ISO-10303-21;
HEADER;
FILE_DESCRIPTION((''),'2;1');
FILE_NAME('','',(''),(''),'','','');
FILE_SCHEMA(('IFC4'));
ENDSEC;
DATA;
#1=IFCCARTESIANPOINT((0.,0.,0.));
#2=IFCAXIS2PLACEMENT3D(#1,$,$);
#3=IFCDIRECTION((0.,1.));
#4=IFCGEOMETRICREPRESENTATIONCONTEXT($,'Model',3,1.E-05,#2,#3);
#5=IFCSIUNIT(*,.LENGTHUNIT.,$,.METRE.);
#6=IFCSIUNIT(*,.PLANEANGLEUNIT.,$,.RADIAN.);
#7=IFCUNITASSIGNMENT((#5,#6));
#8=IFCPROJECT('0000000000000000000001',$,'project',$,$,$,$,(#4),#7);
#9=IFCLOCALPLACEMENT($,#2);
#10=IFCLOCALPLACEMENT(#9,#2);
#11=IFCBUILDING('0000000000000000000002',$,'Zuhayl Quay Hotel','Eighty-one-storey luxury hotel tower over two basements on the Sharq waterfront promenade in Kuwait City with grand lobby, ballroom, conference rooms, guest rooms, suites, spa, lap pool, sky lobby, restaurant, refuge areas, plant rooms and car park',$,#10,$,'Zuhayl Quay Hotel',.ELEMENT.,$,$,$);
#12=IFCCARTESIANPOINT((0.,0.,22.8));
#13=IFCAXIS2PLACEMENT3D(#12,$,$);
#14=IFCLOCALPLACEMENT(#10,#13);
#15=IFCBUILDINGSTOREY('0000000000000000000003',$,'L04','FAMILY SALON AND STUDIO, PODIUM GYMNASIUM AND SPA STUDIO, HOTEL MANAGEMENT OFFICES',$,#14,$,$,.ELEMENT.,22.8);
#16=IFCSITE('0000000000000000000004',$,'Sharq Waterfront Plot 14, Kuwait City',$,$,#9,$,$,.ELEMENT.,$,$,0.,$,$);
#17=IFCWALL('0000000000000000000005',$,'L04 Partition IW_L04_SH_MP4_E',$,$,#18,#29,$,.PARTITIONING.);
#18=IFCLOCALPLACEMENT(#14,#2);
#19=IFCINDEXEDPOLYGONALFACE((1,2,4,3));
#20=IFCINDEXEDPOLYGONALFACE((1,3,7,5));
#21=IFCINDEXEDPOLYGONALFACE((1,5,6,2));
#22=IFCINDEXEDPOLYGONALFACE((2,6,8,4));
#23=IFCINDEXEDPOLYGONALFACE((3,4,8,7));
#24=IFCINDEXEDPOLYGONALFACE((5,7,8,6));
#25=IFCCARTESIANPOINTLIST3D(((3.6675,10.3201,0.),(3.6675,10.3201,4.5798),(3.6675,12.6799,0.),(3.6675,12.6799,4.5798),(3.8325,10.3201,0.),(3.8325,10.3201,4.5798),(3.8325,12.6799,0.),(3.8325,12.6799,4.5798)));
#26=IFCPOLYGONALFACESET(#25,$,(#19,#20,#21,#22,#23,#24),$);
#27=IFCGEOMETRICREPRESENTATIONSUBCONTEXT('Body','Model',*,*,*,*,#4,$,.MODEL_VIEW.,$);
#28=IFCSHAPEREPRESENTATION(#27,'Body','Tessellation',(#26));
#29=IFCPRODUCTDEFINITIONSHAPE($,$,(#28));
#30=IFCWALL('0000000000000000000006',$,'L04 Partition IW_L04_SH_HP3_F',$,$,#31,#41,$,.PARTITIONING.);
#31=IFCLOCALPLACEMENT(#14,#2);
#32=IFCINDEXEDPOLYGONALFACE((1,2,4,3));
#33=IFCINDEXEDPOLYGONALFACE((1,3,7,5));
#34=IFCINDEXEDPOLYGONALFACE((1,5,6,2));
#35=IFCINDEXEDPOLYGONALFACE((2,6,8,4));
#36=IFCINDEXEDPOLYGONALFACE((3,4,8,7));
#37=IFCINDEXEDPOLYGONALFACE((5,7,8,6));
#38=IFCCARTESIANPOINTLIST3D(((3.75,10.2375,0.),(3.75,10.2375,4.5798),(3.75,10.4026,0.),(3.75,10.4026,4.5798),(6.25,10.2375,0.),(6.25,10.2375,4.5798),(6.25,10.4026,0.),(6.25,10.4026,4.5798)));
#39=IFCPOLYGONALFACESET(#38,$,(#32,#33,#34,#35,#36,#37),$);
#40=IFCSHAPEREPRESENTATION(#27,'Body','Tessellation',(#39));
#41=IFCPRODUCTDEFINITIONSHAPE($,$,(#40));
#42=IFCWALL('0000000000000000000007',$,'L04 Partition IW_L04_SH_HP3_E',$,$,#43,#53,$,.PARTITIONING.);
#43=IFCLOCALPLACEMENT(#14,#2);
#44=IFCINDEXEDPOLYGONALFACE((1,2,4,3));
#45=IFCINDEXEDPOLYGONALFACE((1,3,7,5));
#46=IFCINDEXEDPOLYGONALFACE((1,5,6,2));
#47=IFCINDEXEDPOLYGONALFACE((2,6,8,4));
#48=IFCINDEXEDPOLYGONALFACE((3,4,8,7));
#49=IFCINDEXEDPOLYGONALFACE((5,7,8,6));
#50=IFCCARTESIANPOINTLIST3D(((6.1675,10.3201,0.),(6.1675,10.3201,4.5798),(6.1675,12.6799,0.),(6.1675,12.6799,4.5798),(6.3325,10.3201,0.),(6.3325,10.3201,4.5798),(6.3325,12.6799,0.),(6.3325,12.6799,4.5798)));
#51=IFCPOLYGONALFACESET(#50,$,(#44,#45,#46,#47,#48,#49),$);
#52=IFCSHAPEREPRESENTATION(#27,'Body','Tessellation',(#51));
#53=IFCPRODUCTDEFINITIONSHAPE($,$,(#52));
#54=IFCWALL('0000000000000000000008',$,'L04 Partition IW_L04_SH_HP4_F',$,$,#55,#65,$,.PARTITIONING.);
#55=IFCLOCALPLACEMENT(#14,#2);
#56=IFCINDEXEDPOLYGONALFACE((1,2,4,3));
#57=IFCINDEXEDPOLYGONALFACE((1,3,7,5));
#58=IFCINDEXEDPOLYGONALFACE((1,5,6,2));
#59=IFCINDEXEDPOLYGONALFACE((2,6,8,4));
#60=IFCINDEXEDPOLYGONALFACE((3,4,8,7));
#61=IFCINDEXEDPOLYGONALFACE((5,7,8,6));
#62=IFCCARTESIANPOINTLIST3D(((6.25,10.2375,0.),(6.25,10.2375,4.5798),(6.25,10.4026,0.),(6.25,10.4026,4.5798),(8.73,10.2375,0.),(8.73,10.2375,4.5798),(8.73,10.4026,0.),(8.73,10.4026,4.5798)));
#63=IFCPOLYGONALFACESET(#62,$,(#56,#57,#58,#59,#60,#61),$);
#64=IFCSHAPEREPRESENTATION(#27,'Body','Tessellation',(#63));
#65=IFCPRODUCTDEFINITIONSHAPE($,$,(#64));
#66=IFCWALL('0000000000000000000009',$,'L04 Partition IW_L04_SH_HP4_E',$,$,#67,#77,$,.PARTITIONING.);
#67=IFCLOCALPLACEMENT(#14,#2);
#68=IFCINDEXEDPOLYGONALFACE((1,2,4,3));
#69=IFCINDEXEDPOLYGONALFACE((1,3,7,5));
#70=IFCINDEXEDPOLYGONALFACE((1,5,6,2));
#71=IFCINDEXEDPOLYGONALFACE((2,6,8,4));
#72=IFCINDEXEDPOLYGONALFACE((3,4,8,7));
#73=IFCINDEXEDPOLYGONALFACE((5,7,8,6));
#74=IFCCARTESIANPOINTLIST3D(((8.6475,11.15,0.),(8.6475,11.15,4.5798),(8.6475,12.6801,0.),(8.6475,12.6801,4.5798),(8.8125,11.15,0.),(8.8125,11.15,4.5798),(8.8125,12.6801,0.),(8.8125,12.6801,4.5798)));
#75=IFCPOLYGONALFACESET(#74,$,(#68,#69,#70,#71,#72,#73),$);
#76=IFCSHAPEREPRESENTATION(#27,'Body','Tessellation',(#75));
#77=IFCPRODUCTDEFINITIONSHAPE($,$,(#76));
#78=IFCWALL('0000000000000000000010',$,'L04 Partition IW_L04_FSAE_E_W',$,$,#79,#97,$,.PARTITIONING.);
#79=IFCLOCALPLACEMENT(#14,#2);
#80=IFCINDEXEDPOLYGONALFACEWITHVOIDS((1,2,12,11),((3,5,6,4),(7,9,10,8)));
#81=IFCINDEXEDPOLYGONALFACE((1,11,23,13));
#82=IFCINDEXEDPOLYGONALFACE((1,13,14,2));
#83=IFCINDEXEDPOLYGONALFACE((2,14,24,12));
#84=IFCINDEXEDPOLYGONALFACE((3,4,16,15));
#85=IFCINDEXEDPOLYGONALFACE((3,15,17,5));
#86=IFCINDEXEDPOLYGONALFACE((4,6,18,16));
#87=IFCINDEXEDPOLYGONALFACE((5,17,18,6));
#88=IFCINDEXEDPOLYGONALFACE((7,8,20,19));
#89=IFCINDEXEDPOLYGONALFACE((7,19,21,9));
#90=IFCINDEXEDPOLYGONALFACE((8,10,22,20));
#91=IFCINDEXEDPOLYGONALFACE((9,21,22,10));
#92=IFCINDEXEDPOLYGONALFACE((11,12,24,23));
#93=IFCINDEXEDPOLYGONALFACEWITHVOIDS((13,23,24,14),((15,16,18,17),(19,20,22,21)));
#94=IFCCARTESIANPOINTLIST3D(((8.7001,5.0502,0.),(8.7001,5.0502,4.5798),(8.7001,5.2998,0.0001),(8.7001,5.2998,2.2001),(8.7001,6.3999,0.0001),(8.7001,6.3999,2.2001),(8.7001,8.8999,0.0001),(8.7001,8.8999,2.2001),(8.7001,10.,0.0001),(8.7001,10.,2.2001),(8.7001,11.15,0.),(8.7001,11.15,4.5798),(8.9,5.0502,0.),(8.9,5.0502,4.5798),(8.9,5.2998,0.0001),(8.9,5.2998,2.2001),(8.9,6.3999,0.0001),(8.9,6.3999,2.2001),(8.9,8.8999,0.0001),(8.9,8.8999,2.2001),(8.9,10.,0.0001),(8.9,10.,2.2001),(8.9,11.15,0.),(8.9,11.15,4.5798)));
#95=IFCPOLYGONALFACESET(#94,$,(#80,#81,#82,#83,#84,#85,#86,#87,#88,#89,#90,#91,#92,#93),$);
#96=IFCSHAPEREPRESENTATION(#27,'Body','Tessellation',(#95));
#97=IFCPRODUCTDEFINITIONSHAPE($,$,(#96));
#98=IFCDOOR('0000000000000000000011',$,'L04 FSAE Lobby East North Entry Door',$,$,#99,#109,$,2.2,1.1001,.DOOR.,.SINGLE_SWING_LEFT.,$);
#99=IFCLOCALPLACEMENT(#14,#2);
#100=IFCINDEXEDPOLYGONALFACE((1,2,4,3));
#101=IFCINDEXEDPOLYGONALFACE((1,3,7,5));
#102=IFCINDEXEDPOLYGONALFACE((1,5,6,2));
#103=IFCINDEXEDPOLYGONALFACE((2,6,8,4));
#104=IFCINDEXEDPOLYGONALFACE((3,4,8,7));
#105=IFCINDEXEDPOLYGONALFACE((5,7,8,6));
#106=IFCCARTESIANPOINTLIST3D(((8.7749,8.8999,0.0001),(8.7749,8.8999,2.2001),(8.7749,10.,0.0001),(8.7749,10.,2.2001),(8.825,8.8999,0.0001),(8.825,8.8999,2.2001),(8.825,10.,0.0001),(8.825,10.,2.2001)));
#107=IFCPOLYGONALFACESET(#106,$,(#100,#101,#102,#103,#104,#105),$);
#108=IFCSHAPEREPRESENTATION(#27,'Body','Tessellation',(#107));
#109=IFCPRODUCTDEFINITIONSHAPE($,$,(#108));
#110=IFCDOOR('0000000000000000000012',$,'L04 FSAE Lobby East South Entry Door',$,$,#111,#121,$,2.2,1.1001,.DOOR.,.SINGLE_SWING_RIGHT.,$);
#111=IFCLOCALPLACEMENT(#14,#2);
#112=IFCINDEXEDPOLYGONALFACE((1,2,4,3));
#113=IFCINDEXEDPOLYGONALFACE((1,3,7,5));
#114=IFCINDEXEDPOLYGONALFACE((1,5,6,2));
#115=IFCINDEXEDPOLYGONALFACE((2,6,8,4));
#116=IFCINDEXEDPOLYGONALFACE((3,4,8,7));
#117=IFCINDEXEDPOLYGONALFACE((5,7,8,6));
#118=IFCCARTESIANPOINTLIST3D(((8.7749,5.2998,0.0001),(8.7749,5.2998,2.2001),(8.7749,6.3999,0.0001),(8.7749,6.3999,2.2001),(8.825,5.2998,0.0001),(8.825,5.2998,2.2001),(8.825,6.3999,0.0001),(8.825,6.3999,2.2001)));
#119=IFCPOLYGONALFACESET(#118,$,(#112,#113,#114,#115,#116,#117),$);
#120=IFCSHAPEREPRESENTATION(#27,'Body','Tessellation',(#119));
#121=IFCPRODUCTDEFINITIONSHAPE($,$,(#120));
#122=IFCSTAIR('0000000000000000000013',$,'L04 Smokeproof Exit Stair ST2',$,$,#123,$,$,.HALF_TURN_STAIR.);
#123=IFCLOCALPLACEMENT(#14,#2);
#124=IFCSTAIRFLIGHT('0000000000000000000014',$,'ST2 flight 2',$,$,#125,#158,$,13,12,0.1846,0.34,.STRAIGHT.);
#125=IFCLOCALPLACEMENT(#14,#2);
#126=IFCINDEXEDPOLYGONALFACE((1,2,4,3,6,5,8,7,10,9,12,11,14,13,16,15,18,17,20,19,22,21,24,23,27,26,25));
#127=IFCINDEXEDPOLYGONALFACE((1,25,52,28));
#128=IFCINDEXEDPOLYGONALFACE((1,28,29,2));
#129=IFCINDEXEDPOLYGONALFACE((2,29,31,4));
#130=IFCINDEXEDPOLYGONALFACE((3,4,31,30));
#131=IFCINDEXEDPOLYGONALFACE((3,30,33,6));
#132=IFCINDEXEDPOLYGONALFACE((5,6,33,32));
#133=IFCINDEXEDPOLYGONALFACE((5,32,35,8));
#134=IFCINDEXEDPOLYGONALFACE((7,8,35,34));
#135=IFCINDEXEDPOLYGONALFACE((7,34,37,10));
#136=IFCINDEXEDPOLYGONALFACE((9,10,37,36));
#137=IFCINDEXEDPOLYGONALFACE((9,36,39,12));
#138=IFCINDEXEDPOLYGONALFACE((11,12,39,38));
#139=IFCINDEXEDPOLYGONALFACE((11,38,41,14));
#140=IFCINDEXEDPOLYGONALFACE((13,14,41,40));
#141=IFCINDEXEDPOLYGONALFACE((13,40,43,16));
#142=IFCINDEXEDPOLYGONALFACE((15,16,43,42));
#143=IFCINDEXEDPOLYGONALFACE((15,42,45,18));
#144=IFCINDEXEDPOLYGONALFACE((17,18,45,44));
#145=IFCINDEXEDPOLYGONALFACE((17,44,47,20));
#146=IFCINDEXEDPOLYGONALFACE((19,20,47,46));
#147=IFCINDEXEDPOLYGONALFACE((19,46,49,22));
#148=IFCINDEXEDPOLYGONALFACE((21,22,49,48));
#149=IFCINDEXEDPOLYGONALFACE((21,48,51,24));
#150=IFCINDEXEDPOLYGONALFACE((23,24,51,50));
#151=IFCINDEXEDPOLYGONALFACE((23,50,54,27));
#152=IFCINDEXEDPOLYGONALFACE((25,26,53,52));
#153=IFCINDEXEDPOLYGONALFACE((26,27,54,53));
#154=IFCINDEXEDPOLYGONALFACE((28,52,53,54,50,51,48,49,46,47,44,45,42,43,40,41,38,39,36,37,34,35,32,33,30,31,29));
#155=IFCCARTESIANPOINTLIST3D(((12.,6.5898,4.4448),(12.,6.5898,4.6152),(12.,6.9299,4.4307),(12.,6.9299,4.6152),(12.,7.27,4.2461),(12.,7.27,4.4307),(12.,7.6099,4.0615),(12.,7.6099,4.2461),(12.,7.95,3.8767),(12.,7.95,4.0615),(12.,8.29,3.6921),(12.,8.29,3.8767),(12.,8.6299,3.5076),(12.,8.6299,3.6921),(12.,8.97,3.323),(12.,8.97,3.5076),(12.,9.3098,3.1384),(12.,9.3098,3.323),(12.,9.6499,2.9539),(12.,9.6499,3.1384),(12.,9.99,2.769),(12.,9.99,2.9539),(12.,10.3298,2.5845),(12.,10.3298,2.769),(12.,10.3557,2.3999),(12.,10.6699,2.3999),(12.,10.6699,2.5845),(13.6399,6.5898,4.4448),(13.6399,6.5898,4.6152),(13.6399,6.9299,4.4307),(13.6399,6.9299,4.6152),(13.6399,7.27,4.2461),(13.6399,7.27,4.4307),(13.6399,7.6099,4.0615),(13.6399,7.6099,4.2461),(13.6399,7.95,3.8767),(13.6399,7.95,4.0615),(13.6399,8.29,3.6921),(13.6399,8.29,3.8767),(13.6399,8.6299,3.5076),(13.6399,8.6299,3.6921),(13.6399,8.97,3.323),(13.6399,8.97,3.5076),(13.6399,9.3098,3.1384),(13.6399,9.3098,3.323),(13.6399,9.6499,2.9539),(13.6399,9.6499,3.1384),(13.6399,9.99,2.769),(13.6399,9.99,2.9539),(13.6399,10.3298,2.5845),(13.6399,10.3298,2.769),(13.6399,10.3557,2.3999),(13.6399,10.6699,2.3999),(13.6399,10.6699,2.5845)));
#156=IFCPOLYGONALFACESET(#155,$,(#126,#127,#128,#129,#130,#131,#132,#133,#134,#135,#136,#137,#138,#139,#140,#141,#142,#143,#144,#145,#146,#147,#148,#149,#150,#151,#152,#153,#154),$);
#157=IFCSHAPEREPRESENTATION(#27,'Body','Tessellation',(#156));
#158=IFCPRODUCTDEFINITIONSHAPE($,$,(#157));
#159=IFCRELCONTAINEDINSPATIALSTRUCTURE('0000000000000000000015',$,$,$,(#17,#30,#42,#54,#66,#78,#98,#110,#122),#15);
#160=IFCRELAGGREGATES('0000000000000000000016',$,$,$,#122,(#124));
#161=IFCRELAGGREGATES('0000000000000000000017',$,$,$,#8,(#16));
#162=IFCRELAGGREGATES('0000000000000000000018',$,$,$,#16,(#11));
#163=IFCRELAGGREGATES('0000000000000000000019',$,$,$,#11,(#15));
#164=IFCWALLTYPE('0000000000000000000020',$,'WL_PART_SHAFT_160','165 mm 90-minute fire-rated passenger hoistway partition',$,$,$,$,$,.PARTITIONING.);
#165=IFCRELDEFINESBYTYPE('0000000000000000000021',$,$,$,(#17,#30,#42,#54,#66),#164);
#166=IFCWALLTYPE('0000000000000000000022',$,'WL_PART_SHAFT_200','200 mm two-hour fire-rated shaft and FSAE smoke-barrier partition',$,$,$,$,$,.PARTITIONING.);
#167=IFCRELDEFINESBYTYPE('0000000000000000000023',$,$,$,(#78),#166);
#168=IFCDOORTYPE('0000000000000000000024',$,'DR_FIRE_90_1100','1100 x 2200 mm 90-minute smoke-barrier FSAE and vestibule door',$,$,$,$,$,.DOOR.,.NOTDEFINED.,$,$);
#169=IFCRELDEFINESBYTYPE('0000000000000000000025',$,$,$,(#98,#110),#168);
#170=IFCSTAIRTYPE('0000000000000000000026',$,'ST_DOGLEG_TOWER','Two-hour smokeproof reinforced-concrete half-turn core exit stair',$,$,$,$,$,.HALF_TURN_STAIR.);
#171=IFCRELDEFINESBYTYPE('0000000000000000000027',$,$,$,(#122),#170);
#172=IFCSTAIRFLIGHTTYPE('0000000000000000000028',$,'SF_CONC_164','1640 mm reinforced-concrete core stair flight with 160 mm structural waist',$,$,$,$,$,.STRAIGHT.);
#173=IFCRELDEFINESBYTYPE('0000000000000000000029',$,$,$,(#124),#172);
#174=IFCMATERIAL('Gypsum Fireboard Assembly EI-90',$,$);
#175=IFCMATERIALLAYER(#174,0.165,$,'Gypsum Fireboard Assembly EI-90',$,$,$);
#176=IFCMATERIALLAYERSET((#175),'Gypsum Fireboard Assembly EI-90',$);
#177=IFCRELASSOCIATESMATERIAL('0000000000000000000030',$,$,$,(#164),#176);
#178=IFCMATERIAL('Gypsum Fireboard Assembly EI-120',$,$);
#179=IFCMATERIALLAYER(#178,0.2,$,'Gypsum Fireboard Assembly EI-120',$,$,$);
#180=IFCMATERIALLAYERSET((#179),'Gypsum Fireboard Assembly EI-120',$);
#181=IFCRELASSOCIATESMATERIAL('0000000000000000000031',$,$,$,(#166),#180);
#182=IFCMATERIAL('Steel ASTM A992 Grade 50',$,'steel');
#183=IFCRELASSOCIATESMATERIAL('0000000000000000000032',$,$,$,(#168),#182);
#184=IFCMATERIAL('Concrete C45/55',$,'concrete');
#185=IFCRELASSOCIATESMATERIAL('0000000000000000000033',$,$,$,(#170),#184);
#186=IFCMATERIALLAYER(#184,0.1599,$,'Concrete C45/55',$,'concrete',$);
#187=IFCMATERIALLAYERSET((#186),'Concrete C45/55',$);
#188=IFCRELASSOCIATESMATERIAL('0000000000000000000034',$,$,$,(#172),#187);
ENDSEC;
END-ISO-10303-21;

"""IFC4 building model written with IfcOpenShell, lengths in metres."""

from ifc_helpers import new_model, si_unit, direction, frame, frame_2d, origin, place, context, subcontext, project, spatial, polyline, rectangle, outline, extrude, material, layer, layer_set, type_object, element, fill, aggregate, save


model = new_model("IFC4")

# Units and contexts
model_context = context("Model", 3, precision=1e-05, world=origin(), true_north=direction((0.0, 1.0)))
body_context = subcontext(model_context, "Body", "Model", "MODEL_VIEW")
ifc_project = project(units=[si_unit("LENGTHUNIT", "METRE"), si_unit("PLANEANGLEUNIT", "RADIAN")], contexts=[model_context])

# Site, building, storey
site_placement = place(None, origin())
site = spatial("IfcSite", under=ifc_project, at=site_placement, Name="Sharq Waterfront Plot 14, Kuwait City", CompositionType="ELEMENT", RefElevation=0.0)
building_placement = place(site_placement, origin())
building = spatial("IfcBuilding", under=site, at=building_placement, Name="Zuhayl Quay Hotel", Description="Eighty-one-storey luxury hotel tower over two basements on the Sharq waterfront promenade in Kuwait City with grand lobby, ballroom, conference rooms, guest rooms, suites, spa, lap pool, sky lobby, restaurant, refuge areas, plant rooms and car park", LongName="Zuhayl Quay Hotel", CompositionType="ELEMENT")
storey_placement = place(building_placement, frame((0.0, 0.0, 22.8)))
storey = spatial("IfcBuildingStorey", under=building, at=storey_placement, Name="L04", Description="FAMILY SALON AND STUDIO, PODIUM GYMNASIUM AND SPA STUDIO, HOTEL MANAGEMENT OFFICES", CompositionType="ELEMENT", Elevation=22.8)

# Shared definitions
ifc_material_1 = material(Name="Steel ASTM A992 Grade 50", Category="steel")

# Shared definitions
ifc_material_2 = material(Name="Gypsum Fireboard Assembly EI-90")
ifc_layer_1 = layer(ifc_material_2, 0.165, Name="Gypsum Fireboard Assembly EI-90")
ifc_layer_set_1 = layer_set([ifc_layer_1], Name="Gypsum Fireboard Assembly EI-90")
wall_type_1 = type_object("IfcWallType", Name="WL_PART_SHAFT_160", Description="165 mm 90-minute fire-rated passenger hoistway partition", PredefinedType="PARTITIONING", material=ifc_layer_set_1)

# Walls
for number, where, z_axis, x_axis, name in (
    (1, (3.75, 10.3201, 0.0), (0.0, 0.0, 1.0), (0.0, 1.0, 0.0), "L04 Partition IW_L04_SH_MP4_E"),
):
    element("IfcWall", number, at=place(storey_placement, frame(where, z_axis=z_axis, x_axis=x_axis)), inside=storey, type_object=wall_type_1, Name=name, PredefinedType="PARTITIONING", context=body_context, shape_type="SweptSolid", body=[
        extrude(rectangle(XDim=2.3599, YDim=0.165, at=frame_2d((1.1799, 0.0))), origin(), (0.0, 0.0, 1.0), 4.5798),
    ])
wall_1_placement = place(storey_placement, frame((3.75, 10.3201, 0.0), z_axis=(0.0, 0.0, 1.0), x_axis=(1.0, 0.0, 0.0)))
element("IfcWall", 2, at=wall_1_placement, inside=storey, type_object=wall_type_1, Name="L04 Partition IW_L04_SH_HP3_F", PredefinedType="PARTITIONING", context=body_context, shape_type="SweptSolid", body=[
    extrude(rectangle(XDim=2.5, YDim=0.165, at=frame_2d((1.25, 0.0))), origin(), (0.0, 0.0, 1.0), 4.5798),
])
wall_2_placement = place(storey_placement, frame((6.25, 10.3201, 0.0), z_axis=(0.0, 0.0, 1.0), x_axis=(0.0, 1.0, 0.0)))
element("IfcWall", 3, at=wall_2_placement, inside=storey, type_object=wall_type_1, Name="L04 Partition IW_L04_SH_HP3_E", PredefinedType="PARTITIONING", context=body_context, shape_type="SweptSolid", body=[
    extrude(rectangle(XDim=2.3599, YDim=0.165, at=frame_2d((1.1799, 0.0))), origin(), (0.0, 0.0, 1.0), 4.5798),
])
wall_3_placement = place(storey_placement, frame((6.25, 10.3201, 0.0), z_axis=(0.0, 0.0, 1.0), x_axis=(1.0, 0.0, 0.0)))
element("IfcWall", 4, at=wall_3_placement, inside=storey, type_object=wall_type_1, Name="L04 Partition IW_L04_SH_HP4_F", PredefinedType="PARTITIONING", context=body_context, shape_type="SweptSolid", body=[
    extrude(rectangle(XDim=2.48, YDim=0.165, at=frame_2d((1.24, 0.0))), origin(), (0.0, 0.0, 1.0), 4.5798),
])
wall_4_placement = place(storey_placement, frame((8.73, 11.1499, 0.0), z_axis=(0.0, 0.0, 1.0), x_axis=(0.0, 1.0, 0.0)))
element("IfcWall", 5, at=wall_4_placement, inside=storey, type_object=wall_type_1, Name="L04 Partition IW_L04_SH_HP4_E", PredefinedType="PARTITIONING", context=body_context, shape_type="SweptSolid", body=[
    extrude(rectangle(XDim=1.53, YDim=0.165, at=frame_2d((0.7651, 0.0))), origin(), (0.0, 0.0, 1.0), 4.5798),
])

# Wall, openings, doors
ifc_material_3 = material(Name="Gypsum Fireboard Assembly EI-120")
ifc_layer_2 = layer(ifc_material_3, 0.2, Name="Gypsum Fireboard Assembly EI-120")
ifc_layer_set_2 = layer_set([ifc_layer_2], Name="Gypsum Fireboard Assembly EI-120")
wall_type_2 = type_object("IfcWallType", Name="WL_PART_SHAFT_200", Description="200 mm two-hour fire-rated shaft and FSAE smoke-barrier partition", PredefinedType="PARTITIONING", material=ifc_layer_set_2)
wall_5_placement = place(storey_placement, frame((8.8, 11.1499, 0.0), z_axis=(0.0, 0.0, 1.0), x_axis=(0.0, -1.0, 0.0)))
wall_5 = element("IfcWall", 6, at=wall_5_placement, inside=storey, type_object=wall_type_2, Name="L04 Partition IW_L04_FSAE_E_W", PredefinedType="PARTITIONING", context=body_context, shape_type="SweptSolid", body=[
    extrude(rectangle(XDim=6.0999, YDim=0.2, at=frame_2d((3.0498, 0.0))), origin(), (0.0, 0.0, 1.0), 4.5798),
])
opening_1_placement = place(wall_5_placement, frame((1.1499, 0.0, 0.0)))
opening_1 = element("IfcOpeningElement", 7, at=opening_1_placement, cuts=wall_5, PredefinedType="OPENING", context=body_context, shape_type="SweptSolid", body=[
    extrude(rectangle(XDim=1.1001, YDim=2.2, at=frame_2d((0.55, 1.1001))), frame((0.0, 0.1099, 0.0), z_axis=(0.0, -1.0, 0.0), x_axis=(1.0, 0.0, 0.0)), (0.0, 0.0, 1.0), 0.22),
])
opening_2_placement = place(wall_5_placement, frame((4.75, 0.0, 0.0)))
opening_2 = element("IfcOpeningElement", 8, at=opening_2_placement, cuts=wall_5, PredefinedType="OPENING", context=body_context, shape_type="SweptSolid", body=[
    extrude(rectangle(XDim=1.1001, YDim=2.2, at=frame_2d((0.55, 1.1001))), frame((0.0, 0.1099, 0.0), z_axis=(0.0, -1.0, 0.0), x_axis=(1.0, 0.0, 0.0)), (0.0, 0.0, 1.0), 0.22),
])
door_type_1 = type_object("IfcDoorType", Name="DR_FIRE_90_1100", Description="1100 x 2200 mm 90-minute smoke-barrier FSAE and vestibule door", OperationType="NOTDEFINED", PredefinedType="DOOR", material=ifc_material_1)
door_1_placement = place(opening_1_placement, origin())
door_1 = element("IfcDoor", 9, at=door_1_placement, inside=storey, type_object=door_type_1, Name="L04 FSAE Lobby East North Entry Door", OperationType="SINGLE_SWING_LEFT", OverallHeight=2.2, OverallWidth=1.1001, PredefinedType="DOOR", context=body_context, shape_type="SweptSolid", body=[
    extrude(rectangle(XDim=1.1001, YDim=2.2, at=frame_2d((0.55, 1.1001))), frame((0.0, 0.0249, 0.0), z_axis=(0.0, -1.0, 0.0), x_axis=(1.0, 0.0, 0.0)), (0.0, 0.0, 1.0), 0.05),
])
fill(opening_1, door_1)
door_2_placement = place(opening_2_placement, origin())
door_2 = element("IfcDoor", 10, at=door_2_placement, inside=storey, type_object=door_type_1, Name="L04 FSAE Lobby East South Entry Door", OperationType="SINGLE_SWING_RIGHT", OverallHeight=2.2, OverallWidth=1.1001, PredefinedType="DOOR", context=body_context, shape_type="SweptSolid", body=[
    extrude(rectangle(XDim=1.1001, YDim=2.2, at=frame_2d((0.55, 1.1001))), frame((0.0, 0.0249, 0.0), z_axis=(0.0, -1.0, 0.0), x_axis=(1.0, 0.0, 0.0)), (0.0, 0.0, 1.0), 0.05),
])
fill(opening_2, door_2)

# Stair, stair flight
ifc_material_4 = material(Name="Concrete C45/55", Category="concrete")
stair_type = type_object("IfcStairType", Name="ST_DOGLEG_TOWER", Description="Two-hour smokeproof reinforced-concrete half-turn core exit stair", PredefinedType="HALF_TURN_STAIR", material=ifc_material_4)
stair_placement = place(storey_placement, origin())
stair = element("IfcStair", 11, at=stair_placement, inside=storey, type_object=stair_type, Name="L04 Smokeproof Exit Stair ST2", PredefinedType="HALF_TURN_STAIR")
ifc_layer_3 = layer(ifc_material_4, 0.1599, Name="Concrete C45/55", Category="concrete")
ifc_layer_set_3 = layer_set([ifc_layer_3], Name="Concrete C45/55")
stair_flight_type = type_object("IfcStairFlightType", Name="SF_CONC_164", Description="1640 mm reinforced-concrete core stair flight with 160 mm structural waist", PredefinedType="STRAIGHT", material=ifc_layer_set_3)
stair_flight_placement = place(storey_placement, frame((12.8201, 10.6699, 2.3999), z_axis=(0.0, 0.0, 1.0), x_axis=(0.0, -1.0, 0.0)))
stair_flight = element("IfcStairFlight", 12, at=stair_flight_placement, type_object=stair_flight_type, Name="ST2 flight 2", NumberOfRisers=13, NumberOfTreads=12, PredefinedType="STRAIGHT", RiserHeight=0.1846, TreadLength=0.34, context=body_context, shape_type="SweptSolid", body=[
    extrude(outline(polyline([(0.0, 0.0), (0.0, 0.1846), (0.3401, 0.1846), (0.3401, 0.3691), (0.6799, 0.3691), (0.6799, 0.554), (1.02, 0.554), (1.02, 0.7385), (1.3601, 0.7385), (1.3601, 0.9231), (1.7, 0.9231), (1.7, 1.1077), (2.04, 1.1077), (2.04, 1.2922), (2.3799, 1.2922), (2.3799, 1.4768), (2.72, 1.4768), (2.72, 1.6616), (3.0601, 1.6616), (3.0601, 1.8462), (3.3999, 1.8462), (3.3999, 2.0308), (3.74, 2.0308), (3.74, 2.2153), (4.0801, 2.2153), (4.0801, 2.3999), (4.0801, 2.0449), (0.3142, 0.0), (0.0, 0.0)])), frame((0.0, 0.8198, 0.0), z_axis=(0.0, -1.0, 0.0), x_axis=(1.0, 0.0, 0.0)), (0.0, 0.0, 1.0), 1.6399),
])
aggregate(stair, [stair_flight])

save(model, "model.ifc")
